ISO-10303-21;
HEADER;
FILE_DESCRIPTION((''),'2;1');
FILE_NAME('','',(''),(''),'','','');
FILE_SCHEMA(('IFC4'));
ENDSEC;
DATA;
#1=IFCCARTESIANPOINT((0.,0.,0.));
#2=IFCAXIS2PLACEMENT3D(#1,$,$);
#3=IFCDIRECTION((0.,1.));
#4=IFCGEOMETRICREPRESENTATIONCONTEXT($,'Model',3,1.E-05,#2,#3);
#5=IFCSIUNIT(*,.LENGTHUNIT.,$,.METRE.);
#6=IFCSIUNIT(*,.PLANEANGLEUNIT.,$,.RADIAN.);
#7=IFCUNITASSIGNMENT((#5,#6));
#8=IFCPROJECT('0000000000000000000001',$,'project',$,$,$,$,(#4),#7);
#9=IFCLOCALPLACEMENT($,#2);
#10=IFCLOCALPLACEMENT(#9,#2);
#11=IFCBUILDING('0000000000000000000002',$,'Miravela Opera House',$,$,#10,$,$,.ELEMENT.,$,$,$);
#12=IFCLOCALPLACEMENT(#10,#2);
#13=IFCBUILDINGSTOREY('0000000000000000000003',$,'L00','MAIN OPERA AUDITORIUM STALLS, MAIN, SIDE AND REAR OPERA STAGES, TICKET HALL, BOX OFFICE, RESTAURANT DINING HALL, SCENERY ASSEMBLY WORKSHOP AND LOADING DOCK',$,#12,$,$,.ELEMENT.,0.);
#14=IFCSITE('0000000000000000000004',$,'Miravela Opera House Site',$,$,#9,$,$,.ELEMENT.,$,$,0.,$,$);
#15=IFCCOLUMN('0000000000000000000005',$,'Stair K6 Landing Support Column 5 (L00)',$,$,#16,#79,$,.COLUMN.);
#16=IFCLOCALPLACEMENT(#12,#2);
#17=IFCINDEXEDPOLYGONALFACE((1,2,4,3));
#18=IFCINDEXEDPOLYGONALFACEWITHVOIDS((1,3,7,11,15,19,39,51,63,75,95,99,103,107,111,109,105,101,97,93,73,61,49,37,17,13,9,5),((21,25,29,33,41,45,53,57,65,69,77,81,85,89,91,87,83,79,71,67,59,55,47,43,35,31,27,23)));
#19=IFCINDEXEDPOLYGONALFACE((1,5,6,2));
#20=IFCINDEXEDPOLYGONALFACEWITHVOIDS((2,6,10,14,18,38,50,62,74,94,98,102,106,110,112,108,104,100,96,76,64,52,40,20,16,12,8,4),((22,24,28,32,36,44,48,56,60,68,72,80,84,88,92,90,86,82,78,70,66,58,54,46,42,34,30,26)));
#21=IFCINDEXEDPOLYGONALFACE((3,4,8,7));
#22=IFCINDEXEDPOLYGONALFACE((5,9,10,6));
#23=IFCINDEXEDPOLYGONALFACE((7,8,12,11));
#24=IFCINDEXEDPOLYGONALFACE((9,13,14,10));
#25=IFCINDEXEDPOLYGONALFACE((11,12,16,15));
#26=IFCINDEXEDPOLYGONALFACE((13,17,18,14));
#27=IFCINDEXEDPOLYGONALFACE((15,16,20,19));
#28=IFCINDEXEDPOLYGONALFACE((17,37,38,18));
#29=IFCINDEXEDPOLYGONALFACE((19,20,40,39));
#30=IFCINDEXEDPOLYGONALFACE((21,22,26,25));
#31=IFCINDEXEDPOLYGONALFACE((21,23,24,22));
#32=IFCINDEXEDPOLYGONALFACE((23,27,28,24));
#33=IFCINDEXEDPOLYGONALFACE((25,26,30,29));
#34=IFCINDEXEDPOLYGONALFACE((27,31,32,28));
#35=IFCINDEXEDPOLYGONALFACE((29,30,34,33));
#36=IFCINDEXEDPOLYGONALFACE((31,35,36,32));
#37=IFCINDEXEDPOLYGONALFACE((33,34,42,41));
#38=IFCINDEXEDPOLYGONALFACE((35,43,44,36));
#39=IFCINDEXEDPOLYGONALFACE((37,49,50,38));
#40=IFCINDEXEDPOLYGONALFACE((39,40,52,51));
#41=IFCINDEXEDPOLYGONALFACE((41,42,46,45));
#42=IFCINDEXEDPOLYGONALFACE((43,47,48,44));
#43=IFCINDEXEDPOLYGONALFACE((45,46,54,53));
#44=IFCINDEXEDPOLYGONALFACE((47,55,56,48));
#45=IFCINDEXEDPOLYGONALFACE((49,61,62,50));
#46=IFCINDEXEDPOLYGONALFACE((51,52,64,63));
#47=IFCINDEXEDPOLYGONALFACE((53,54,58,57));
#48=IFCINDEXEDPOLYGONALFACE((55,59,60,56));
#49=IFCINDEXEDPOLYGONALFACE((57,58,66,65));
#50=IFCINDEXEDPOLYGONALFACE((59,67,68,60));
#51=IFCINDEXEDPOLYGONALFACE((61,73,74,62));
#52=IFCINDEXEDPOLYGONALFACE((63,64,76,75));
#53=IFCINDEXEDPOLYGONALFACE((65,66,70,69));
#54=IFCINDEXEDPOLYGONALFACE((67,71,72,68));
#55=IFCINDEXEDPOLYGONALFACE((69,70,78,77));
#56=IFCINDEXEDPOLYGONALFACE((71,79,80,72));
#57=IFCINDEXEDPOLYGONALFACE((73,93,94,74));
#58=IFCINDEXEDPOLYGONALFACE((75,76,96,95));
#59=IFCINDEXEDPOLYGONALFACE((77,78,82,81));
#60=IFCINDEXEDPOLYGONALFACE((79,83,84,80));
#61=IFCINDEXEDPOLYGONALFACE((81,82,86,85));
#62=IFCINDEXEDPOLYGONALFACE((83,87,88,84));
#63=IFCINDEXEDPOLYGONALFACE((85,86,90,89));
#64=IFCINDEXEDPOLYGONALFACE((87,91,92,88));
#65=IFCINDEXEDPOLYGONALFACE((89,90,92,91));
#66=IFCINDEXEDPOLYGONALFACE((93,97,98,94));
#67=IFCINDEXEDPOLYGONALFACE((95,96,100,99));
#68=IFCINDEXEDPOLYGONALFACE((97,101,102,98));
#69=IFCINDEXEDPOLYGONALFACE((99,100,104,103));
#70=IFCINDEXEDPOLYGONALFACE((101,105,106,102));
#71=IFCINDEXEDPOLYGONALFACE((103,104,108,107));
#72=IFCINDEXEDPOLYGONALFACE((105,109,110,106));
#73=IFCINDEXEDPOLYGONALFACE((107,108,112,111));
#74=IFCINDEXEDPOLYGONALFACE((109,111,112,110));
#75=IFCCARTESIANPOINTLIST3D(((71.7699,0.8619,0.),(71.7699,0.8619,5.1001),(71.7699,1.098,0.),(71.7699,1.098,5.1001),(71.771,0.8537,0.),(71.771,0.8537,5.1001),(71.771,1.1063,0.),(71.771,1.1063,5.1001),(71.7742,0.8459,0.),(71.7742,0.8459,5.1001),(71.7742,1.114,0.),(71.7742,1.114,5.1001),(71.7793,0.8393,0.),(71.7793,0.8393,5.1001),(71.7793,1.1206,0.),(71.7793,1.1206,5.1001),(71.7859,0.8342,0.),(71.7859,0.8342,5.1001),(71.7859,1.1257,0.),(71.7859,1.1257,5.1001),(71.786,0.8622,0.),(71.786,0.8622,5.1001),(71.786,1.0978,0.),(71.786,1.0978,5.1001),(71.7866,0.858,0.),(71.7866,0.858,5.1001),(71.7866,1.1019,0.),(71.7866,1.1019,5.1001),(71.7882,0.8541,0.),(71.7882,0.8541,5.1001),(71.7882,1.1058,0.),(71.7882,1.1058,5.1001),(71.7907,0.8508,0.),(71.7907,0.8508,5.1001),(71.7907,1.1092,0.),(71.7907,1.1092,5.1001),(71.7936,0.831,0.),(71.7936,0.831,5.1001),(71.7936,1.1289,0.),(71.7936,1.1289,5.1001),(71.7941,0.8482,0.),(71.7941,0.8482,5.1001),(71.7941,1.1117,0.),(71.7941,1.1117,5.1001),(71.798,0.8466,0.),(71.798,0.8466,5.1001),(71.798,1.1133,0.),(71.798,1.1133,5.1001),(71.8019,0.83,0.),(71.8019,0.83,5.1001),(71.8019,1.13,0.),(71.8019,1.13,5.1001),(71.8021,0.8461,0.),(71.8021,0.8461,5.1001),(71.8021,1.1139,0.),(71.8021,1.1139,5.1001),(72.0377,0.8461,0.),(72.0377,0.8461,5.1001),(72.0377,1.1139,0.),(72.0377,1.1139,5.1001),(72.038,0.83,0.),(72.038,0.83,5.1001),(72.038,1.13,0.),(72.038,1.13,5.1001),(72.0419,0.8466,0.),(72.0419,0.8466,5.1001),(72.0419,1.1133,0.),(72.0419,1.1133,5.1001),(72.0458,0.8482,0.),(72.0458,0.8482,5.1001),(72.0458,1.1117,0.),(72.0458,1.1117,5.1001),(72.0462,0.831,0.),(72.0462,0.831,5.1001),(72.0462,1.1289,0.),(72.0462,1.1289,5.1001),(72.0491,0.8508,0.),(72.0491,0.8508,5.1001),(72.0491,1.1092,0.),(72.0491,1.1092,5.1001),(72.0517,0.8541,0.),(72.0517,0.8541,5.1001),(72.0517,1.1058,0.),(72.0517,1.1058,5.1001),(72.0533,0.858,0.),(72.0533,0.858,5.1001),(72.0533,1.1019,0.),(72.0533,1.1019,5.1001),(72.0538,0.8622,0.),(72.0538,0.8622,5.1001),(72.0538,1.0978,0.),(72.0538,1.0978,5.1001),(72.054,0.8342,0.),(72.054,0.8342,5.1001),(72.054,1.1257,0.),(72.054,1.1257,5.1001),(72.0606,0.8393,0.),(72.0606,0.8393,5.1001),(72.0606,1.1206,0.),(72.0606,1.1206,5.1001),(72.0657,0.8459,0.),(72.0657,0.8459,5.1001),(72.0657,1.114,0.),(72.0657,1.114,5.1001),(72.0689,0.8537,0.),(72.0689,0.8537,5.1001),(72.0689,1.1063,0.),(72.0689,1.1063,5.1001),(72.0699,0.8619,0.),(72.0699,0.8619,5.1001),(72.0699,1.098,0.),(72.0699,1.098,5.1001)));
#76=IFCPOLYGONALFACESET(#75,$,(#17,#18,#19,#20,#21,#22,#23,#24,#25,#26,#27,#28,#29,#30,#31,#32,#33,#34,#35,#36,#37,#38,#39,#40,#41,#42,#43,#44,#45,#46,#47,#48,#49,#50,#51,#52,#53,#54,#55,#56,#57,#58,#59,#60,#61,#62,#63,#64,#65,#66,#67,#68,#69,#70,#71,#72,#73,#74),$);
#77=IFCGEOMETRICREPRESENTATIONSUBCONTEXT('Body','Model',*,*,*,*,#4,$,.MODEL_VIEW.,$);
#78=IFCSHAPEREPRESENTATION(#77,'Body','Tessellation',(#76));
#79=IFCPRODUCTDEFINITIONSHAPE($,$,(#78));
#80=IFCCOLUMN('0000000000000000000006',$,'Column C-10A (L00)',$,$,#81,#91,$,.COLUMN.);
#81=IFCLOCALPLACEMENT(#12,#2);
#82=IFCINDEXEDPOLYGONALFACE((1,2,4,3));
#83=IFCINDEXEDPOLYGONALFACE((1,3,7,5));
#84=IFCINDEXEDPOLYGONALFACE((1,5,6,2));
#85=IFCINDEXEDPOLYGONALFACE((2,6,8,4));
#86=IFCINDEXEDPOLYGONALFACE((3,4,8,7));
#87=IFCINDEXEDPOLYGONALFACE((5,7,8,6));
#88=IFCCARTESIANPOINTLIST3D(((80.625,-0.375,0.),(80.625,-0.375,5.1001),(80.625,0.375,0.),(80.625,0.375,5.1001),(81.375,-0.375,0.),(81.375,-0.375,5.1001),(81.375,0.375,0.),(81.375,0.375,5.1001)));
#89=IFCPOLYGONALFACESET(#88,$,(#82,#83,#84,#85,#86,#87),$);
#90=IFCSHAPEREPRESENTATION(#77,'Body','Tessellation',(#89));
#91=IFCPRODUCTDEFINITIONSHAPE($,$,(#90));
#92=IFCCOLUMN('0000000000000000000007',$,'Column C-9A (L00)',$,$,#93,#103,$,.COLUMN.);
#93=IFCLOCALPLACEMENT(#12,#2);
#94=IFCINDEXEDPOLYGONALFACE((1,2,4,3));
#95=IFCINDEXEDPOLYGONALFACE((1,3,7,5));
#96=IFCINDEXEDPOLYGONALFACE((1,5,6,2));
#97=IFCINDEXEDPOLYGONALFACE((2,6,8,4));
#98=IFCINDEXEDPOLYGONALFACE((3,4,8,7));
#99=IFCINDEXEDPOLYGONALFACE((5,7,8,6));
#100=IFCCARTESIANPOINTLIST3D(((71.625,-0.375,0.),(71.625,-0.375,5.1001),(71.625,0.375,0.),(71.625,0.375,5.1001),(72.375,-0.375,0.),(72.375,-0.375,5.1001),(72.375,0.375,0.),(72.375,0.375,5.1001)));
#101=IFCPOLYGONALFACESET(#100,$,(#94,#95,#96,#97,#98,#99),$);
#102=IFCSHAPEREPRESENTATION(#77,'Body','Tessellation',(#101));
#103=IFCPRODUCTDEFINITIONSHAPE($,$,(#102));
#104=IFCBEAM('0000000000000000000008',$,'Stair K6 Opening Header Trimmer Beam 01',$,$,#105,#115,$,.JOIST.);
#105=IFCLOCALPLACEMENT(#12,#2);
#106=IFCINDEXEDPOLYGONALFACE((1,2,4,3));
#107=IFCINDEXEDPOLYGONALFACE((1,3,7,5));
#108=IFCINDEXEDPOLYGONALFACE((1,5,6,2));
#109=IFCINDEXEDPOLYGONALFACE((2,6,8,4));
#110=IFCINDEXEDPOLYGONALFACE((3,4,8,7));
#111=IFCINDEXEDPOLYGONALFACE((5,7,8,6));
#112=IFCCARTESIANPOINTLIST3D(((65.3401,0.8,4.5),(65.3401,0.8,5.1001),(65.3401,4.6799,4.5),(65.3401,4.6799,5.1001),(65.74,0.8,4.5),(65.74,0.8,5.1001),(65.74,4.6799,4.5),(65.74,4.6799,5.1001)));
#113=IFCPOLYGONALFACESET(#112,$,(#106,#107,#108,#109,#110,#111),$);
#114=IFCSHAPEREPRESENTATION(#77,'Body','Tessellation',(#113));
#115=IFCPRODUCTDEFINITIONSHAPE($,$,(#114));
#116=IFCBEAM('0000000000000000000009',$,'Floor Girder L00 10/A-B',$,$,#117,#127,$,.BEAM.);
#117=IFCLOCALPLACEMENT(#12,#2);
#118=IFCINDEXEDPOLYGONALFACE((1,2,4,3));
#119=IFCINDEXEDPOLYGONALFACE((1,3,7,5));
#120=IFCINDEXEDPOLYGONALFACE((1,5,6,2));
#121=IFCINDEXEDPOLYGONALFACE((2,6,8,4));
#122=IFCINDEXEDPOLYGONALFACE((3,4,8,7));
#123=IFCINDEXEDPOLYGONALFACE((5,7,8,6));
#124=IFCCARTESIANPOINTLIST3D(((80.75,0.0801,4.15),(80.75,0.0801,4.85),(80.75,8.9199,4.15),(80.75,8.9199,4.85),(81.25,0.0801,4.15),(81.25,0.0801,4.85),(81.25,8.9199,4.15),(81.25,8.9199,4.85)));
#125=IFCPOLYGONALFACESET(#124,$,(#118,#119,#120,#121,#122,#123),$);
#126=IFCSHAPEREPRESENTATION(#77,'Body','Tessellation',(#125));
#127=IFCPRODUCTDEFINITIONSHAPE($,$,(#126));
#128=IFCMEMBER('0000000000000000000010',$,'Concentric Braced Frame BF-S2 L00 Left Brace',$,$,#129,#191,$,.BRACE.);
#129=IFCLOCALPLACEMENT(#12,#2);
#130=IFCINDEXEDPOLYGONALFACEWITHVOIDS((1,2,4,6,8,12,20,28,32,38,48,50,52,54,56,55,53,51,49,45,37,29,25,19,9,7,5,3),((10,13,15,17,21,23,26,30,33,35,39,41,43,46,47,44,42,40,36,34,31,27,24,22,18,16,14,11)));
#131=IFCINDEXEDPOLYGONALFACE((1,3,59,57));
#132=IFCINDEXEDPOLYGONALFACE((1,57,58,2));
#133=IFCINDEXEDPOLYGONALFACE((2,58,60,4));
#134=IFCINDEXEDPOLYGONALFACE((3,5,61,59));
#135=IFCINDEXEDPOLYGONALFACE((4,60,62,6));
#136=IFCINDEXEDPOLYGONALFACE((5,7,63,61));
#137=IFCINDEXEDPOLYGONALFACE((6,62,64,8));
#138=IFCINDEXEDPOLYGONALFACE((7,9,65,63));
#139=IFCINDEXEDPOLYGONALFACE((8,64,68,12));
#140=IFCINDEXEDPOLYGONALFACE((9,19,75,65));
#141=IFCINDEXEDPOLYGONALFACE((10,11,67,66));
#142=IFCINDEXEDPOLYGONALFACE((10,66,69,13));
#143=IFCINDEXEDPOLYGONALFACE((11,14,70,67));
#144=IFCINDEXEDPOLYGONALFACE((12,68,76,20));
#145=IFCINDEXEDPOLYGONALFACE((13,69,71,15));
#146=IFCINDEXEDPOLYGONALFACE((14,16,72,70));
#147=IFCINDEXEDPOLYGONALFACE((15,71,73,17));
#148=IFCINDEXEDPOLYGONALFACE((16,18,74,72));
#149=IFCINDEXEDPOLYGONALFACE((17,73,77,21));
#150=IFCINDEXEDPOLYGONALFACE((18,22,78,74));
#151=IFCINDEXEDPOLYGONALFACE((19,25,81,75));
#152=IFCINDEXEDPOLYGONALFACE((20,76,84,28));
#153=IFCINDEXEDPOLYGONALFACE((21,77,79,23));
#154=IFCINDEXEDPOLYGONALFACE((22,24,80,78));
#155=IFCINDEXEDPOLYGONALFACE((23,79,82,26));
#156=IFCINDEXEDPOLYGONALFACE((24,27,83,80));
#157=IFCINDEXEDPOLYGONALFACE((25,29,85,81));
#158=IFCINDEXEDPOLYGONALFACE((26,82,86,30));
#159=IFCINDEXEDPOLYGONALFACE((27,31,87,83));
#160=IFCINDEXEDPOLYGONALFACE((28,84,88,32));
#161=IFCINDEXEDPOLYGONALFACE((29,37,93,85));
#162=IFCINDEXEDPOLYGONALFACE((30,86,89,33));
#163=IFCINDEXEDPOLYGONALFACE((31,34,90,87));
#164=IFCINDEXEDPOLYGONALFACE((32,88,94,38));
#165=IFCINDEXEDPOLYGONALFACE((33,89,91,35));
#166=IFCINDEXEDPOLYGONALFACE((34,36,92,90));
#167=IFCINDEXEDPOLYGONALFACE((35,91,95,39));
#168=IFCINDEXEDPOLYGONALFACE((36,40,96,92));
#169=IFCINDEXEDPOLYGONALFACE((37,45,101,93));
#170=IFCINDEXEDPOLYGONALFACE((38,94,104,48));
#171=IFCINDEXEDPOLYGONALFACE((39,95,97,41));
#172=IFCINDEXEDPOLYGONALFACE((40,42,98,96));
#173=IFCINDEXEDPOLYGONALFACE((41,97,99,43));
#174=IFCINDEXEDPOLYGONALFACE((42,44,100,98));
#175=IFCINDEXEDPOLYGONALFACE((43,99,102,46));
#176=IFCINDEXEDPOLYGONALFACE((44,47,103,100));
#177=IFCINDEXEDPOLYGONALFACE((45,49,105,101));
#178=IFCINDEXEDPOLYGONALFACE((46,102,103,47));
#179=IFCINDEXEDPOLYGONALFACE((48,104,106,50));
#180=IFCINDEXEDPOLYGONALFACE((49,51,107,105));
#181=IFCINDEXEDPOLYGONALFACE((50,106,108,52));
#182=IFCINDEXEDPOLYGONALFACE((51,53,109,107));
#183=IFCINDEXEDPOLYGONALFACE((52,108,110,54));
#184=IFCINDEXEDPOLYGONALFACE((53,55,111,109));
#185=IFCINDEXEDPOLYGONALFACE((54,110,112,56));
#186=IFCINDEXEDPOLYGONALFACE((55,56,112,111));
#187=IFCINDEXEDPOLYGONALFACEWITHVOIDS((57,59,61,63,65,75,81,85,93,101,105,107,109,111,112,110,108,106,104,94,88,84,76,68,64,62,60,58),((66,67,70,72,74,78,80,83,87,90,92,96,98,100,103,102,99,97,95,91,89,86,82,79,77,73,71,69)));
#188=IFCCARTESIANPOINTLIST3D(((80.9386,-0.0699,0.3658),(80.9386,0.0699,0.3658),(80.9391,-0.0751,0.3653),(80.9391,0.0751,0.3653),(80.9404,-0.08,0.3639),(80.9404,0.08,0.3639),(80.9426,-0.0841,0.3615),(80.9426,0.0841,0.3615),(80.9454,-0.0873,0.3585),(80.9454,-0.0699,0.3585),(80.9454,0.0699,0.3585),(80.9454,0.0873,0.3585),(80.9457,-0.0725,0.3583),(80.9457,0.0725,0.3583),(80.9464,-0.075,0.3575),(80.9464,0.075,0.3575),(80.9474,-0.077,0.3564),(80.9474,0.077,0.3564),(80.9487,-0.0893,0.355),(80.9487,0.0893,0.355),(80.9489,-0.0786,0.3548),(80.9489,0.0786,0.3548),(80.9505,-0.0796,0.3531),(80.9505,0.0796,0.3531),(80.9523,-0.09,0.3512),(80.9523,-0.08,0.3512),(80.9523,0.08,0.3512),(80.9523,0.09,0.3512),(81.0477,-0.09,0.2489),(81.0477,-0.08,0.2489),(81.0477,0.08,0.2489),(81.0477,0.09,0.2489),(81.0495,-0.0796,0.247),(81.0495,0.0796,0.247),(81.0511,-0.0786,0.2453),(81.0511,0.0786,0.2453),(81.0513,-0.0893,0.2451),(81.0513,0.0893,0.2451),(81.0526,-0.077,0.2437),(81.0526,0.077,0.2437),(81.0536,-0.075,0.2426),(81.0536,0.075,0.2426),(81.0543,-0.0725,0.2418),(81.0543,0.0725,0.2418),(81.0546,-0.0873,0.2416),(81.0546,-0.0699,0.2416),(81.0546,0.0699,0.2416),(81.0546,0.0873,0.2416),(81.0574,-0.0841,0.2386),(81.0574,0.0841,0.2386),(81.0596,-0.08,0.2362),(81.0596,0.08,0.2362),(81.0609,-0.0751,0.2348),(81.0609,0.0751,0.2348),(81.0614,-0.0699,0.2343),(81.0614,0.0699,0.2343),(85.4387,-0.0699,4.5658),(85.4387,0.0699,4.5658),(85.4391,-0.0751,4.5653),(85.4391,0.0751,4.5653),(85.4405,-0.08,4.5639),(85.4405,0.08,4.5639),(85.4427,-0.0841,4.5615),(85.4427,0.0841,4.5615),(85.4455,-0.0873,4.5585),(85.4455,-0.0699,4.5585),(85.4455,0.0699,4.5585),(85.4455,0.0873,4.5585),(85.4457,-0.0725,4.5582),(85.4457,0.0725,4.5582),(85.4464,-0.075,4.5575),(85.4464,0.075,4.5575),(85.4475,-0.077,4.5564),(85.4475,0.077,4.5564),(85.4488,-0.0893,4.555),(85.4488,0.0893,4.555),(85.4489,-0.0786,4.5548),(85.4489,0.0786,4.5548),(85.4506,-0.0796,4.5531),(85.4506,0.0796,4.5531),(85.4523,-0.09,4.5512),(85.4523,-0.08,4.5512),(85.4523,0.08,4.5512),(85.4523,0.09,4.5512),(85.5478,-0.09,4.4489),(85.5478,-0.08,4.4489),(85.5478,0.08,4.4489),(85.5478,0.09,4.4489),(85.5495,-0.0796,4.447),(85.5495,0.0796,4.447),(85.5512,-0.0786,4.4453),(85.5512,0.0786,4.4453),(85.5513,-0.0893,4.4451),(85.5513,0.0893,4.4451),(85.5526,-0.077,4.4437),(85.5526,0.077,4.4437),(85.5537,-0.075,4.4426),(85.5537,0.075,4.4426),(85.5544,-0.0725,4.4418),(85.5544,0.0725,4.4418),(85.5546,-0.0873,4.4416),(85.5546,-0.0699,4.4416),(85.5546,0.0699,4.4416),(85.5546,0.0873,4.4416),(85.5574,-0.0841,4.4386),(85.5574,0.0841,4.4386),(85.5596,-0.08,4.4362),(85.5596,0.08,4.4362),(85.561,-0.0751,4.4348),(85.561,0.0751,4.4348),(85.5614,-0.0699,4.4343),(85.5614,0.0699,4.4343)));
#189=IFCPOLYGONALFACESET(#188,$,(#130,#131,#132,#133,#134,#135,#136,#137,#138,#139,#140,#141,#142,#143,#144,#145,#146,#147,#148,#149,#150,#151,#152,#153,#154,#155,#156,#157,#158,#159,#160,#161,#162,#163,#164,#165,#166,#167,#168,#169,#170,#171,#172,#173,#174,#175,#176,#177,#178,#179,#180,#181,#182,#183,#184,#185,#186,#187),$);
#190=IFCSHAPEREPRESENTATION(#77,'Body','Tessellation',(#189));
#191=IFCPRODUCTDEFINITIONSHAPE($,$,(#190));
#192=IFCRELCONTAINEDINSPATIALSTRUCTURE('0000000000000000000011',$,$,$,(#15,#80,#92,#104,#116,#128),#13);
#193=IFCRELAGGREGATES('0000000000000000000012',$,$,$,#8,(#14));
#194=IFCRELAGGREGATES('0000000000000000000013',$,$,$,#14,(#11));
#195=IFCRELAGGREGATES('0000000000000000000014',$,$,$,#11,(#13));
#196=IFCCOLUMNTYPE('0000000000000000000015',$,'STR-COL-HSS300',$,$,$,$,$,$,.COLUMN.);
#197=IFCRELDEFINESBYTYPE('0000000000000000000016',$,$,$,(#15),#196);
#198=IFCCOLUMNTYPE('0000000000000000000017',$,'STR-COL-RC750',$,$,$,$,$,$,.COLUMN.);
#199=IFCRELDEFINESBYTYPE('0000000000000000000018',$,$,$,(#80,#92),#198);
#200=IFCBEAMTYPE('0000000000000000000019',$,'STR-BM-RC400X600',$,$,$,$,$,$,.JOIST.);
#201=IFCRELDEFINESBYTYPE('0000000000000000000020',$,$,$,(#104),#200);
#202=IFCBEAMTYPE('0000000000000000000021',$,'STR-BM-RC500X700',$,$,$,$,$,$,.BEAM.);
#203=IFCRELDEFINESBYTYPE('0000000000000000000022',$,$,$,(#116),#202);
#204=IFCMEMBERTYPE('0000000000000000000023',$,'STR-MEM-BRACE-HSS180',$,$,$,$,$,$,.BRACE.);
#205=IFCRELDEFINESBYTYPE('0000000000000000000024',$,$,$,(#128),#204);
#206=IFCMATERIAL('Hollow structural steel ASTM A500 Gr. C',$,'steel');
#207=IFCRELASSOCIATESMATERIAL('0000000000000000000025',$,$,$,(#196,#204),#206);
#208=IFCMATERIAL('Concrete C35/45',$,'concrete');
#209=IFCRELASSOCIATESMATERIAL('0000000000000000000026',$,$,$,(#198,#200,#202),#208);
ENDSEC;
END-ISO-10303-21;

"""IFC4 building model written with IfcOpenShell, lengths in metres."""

from ifc_helpers import new_model, si_unit, direction, frame, origin, origin_2d, place, context, subcontext, project, spatial, rectangle, hollow_rectangle, extrude, material, material_profile, profile_set, type_object, element, save


model = new_model("IFC4")

# Units and contexts
model_context = context("Model", 3, precision=1e-05, world=origin(), true_north=direction((0.0, 1.0)))
body_context = subcontext(model_context, "Body", "Model", "MODEL_VIEW")
ifc_project = project(units=[si_unit("LENGTHUNIT", "METRE"), si_unit("PLANEANGLEUNIT", "RADIAN")], contexts=[model_context])

# Site, building, storey
site_placement = place(None, origin())
site = spatial("IfcSite", under=ifc_project, at=site_placement, Name="Miravela Opera House Site", CompositionType="ELEMENT", RefElevation=0.0)
building_placement = place(site_placement, origin())
building = spatial("IfcBuilding", under=site, at=building_placement, Name="Miravela Opera House", CompositionType="ELEMENT")
storey_placement = place(building_placement, origin())
storey = spatial("IfcBuildingStorey", under=building, at=storey_placement, Name="L00", Description="MAIN OPERA AUDITORIUM STALLS, MAIN, SIDE AND REAR OPERA STAGES, TICKET HALL, BOX OFFICE, RESTAURANT DINING HALL, SCENERY ASSEMBLY WORKSHOP AND LOADING DOCK", CompositionType="ELEMENT", Elevation=0.0)

# Columns
ifc_material_1 = material(Name="Hollow structural steel ASTM A500 Gr. C", Category="steel")
ifc_material_profile_1 = material_profile(ifc_material_1, hollow_rectangle(XDim=0.3, YDim=0.3, WallThickness=0.0161, InnerFilletRadius=0.0161, OuterFilletRadius=0.032, at=origin_2d()), Name="HSS300X300X16")
ifc_profile_set_1 = profile_set([ifc_material_profile_1])
column_type_1 = type_object("IfcColumnType", Name="STR-COL-HSS300", PredefinedType="COLUMN", material=ifc_profile_set_1)
for number, where, z_axis, x_axis, name in (
    (1, (71.9199, 0.98, 0.0), (0.0, 0.0, 1.0), (1.0, 0.0, 0.0), "Stair K6 Landing Support Column 5 (L00)"),
):
    element("IfcColumn", number, at=place(storey_placement, frame(where, z_axis=z_axis, x_axis=x_axis)), inside=storey, type_object=column_type_1, Name=name, PredefinedType="COLUMN", context=body_context, shape_type="SweptSolid", body=[
        extrude(hollow_rectangle(XDim=0.3, YDim=0.3, WallThickness=0.0161, InnerFilletRadius=0.0161, OuterFilletRadius=0.032, at=origin_2d()), origin(), (0.0, 0.0, 1.0), 5.1001),
    ])
ifc_material_2 = material(Name="Concrete C35/45", Category="concrete")
ifc_material_profile_2 = material_profile(ifc_material_2, rectangle(XDim=0.75, YDim=0.75, at=origin_2d()), Name="RC-COL-750X750")
ifc_profile_set_2 = profile_set([ifc_material_profile_2])
column_type_2 = type_object("IfcColumnType", Name="STR-COL-RC750", PredefinedType="COLUMN", material=ifc_profile_set_2)
for number, where, z_axis, x_axis, name in (
    (2, (81.0, 0.0, 0.0), (0.0, 0.0, 1.0), (1.0, 0.0, 0.0), "Column C-10A (L00)"),
    (3, (72.0, 0.0, 0.0), (0.0, 0.0, 1.0), (1.0, 0.0, 0.0), "Column C-9A (L00)"),
):
    element("IfcColumn", number, at=place(storey_placement, frame(where, z_axis=z_axis, x_axis=x_axis)), inside=storey, type_object=column_type_2, Name=name, PredefinedType="COLUMN", context=body_context, shape_type="SweptSolid", body=[
        extrude(rectangle(XDim=0.75, YDim=0.75, at=origin_2d()), origin(), (0.0, 0.0, 1.0), 5.1001),
    ])

# Beams
ifc_material_profile_3 = material_profile(ifc_material_2, rectangle(XDim=0.3999, YDim=0.6001, at=origin_2d()), Name="RC-BM-400X600")
ifc_profile_set_3 = profile_set([ifc_material_profile_3])
beam_type_1 = type_object("IfcBeamType", Name="STR-BM-RC400X600", PredefinedType="JOIST", material=ifc_profile_set_3)
beam_1_placement = place(storey_placement, frame((65.54, 0.8, 4.8), z_axis=(0.0, 1.0, 0.0), x_axis=(-1.0, 0.0, 0.0)))
element("IfcBeam", 4, at=beam_1_placement, inside=storey, type_object=beam_type_1, Name="Stair K6 Opening Header Trimmer Beam 01", PredefinedType="JOIST", context=body_context, shape_type="SweptSolid", body=[
    extrude(rectangle(XDim=0.3999, YDim=0.6001, at=origin_2d()), origin(), (0.0, 0.0, 1.0), 3.8799),
])
ifc_material_profile_4 = material_profile(ifc_material_2, rectangle(XDim=0.5, YDim=0.7, at=origin_2d()), Name="RC-BM-500X700")
ifc_profile_set_4 = profile_set([ifc_material_profile_4])
beam_type_2 = type_object("IfcBeamType", Name="STR-BM-RC500X700", PredefinedType="BEAM", material=ifc_profile_set_4)
beam_2_placement = place(storey_placement, frame((81.0, 0.0801, 4.5), z_axis=(0.0, 1.0, 0.0), x_axis=(-1.0, 0.0, 0.0)))
element("IfcBeam", 5, at=beam_2_placement, inside=storey, type_object=beam_type_2, Name="Floor Girder L00 10/A-B", PredefinedType="BEAM", context=body_context, shape_type="SweptSolid", body=[
    extrude(rectangle(XDim=0.5, YDim=0.7, at=origin_2d()), origin(), (0.0, 0.0, 1.0), 8.8398),
])

# Member
ifc_material_profile_5 = material_profile(ifc_material_1, hollow_rectangle(XDim=0.1799, YDim=0.1799, WallThickness=0.01, InnerFilletRadius=0.01, OuterFilletRadius=0.02, at=origin_2d()), Name="HSS180X180X10")
ifc_profile_set_5 = profile_set([ifc_material_profile_5])
member_type = type_object("IfcMemberType", Name="STR-MEM-BRACE-HSS180", PredefinedType="BRACE", material=ifc_profile_set_5)
member_placement = place(storey_placement, frame((81.0, 0.0, 0.3), z_axis=(0.731059, 0.0, 0.682314), x_axis=(0.0, 1.0, 0.0)))
element("IfcMember", 6, at=member_placement, inside=storey, type_object=member_type, Name="Concentric Braced Frame BF-S2 L00 Left Brace", PredefinedType="BRACE", context=body_context, shape_type="SweptSolid", body=[
    extrude(hollow_rectangle(XDim=0.1799, YDim=0.1799, WallThickness=0.01, InnerFilletRadius=0.01, OuterFilletRadius=0.02, at=origin_2d()), origin(), (0.0, 0.0, 1.0), 6.1555),
])

save(model, "model.ifc")
